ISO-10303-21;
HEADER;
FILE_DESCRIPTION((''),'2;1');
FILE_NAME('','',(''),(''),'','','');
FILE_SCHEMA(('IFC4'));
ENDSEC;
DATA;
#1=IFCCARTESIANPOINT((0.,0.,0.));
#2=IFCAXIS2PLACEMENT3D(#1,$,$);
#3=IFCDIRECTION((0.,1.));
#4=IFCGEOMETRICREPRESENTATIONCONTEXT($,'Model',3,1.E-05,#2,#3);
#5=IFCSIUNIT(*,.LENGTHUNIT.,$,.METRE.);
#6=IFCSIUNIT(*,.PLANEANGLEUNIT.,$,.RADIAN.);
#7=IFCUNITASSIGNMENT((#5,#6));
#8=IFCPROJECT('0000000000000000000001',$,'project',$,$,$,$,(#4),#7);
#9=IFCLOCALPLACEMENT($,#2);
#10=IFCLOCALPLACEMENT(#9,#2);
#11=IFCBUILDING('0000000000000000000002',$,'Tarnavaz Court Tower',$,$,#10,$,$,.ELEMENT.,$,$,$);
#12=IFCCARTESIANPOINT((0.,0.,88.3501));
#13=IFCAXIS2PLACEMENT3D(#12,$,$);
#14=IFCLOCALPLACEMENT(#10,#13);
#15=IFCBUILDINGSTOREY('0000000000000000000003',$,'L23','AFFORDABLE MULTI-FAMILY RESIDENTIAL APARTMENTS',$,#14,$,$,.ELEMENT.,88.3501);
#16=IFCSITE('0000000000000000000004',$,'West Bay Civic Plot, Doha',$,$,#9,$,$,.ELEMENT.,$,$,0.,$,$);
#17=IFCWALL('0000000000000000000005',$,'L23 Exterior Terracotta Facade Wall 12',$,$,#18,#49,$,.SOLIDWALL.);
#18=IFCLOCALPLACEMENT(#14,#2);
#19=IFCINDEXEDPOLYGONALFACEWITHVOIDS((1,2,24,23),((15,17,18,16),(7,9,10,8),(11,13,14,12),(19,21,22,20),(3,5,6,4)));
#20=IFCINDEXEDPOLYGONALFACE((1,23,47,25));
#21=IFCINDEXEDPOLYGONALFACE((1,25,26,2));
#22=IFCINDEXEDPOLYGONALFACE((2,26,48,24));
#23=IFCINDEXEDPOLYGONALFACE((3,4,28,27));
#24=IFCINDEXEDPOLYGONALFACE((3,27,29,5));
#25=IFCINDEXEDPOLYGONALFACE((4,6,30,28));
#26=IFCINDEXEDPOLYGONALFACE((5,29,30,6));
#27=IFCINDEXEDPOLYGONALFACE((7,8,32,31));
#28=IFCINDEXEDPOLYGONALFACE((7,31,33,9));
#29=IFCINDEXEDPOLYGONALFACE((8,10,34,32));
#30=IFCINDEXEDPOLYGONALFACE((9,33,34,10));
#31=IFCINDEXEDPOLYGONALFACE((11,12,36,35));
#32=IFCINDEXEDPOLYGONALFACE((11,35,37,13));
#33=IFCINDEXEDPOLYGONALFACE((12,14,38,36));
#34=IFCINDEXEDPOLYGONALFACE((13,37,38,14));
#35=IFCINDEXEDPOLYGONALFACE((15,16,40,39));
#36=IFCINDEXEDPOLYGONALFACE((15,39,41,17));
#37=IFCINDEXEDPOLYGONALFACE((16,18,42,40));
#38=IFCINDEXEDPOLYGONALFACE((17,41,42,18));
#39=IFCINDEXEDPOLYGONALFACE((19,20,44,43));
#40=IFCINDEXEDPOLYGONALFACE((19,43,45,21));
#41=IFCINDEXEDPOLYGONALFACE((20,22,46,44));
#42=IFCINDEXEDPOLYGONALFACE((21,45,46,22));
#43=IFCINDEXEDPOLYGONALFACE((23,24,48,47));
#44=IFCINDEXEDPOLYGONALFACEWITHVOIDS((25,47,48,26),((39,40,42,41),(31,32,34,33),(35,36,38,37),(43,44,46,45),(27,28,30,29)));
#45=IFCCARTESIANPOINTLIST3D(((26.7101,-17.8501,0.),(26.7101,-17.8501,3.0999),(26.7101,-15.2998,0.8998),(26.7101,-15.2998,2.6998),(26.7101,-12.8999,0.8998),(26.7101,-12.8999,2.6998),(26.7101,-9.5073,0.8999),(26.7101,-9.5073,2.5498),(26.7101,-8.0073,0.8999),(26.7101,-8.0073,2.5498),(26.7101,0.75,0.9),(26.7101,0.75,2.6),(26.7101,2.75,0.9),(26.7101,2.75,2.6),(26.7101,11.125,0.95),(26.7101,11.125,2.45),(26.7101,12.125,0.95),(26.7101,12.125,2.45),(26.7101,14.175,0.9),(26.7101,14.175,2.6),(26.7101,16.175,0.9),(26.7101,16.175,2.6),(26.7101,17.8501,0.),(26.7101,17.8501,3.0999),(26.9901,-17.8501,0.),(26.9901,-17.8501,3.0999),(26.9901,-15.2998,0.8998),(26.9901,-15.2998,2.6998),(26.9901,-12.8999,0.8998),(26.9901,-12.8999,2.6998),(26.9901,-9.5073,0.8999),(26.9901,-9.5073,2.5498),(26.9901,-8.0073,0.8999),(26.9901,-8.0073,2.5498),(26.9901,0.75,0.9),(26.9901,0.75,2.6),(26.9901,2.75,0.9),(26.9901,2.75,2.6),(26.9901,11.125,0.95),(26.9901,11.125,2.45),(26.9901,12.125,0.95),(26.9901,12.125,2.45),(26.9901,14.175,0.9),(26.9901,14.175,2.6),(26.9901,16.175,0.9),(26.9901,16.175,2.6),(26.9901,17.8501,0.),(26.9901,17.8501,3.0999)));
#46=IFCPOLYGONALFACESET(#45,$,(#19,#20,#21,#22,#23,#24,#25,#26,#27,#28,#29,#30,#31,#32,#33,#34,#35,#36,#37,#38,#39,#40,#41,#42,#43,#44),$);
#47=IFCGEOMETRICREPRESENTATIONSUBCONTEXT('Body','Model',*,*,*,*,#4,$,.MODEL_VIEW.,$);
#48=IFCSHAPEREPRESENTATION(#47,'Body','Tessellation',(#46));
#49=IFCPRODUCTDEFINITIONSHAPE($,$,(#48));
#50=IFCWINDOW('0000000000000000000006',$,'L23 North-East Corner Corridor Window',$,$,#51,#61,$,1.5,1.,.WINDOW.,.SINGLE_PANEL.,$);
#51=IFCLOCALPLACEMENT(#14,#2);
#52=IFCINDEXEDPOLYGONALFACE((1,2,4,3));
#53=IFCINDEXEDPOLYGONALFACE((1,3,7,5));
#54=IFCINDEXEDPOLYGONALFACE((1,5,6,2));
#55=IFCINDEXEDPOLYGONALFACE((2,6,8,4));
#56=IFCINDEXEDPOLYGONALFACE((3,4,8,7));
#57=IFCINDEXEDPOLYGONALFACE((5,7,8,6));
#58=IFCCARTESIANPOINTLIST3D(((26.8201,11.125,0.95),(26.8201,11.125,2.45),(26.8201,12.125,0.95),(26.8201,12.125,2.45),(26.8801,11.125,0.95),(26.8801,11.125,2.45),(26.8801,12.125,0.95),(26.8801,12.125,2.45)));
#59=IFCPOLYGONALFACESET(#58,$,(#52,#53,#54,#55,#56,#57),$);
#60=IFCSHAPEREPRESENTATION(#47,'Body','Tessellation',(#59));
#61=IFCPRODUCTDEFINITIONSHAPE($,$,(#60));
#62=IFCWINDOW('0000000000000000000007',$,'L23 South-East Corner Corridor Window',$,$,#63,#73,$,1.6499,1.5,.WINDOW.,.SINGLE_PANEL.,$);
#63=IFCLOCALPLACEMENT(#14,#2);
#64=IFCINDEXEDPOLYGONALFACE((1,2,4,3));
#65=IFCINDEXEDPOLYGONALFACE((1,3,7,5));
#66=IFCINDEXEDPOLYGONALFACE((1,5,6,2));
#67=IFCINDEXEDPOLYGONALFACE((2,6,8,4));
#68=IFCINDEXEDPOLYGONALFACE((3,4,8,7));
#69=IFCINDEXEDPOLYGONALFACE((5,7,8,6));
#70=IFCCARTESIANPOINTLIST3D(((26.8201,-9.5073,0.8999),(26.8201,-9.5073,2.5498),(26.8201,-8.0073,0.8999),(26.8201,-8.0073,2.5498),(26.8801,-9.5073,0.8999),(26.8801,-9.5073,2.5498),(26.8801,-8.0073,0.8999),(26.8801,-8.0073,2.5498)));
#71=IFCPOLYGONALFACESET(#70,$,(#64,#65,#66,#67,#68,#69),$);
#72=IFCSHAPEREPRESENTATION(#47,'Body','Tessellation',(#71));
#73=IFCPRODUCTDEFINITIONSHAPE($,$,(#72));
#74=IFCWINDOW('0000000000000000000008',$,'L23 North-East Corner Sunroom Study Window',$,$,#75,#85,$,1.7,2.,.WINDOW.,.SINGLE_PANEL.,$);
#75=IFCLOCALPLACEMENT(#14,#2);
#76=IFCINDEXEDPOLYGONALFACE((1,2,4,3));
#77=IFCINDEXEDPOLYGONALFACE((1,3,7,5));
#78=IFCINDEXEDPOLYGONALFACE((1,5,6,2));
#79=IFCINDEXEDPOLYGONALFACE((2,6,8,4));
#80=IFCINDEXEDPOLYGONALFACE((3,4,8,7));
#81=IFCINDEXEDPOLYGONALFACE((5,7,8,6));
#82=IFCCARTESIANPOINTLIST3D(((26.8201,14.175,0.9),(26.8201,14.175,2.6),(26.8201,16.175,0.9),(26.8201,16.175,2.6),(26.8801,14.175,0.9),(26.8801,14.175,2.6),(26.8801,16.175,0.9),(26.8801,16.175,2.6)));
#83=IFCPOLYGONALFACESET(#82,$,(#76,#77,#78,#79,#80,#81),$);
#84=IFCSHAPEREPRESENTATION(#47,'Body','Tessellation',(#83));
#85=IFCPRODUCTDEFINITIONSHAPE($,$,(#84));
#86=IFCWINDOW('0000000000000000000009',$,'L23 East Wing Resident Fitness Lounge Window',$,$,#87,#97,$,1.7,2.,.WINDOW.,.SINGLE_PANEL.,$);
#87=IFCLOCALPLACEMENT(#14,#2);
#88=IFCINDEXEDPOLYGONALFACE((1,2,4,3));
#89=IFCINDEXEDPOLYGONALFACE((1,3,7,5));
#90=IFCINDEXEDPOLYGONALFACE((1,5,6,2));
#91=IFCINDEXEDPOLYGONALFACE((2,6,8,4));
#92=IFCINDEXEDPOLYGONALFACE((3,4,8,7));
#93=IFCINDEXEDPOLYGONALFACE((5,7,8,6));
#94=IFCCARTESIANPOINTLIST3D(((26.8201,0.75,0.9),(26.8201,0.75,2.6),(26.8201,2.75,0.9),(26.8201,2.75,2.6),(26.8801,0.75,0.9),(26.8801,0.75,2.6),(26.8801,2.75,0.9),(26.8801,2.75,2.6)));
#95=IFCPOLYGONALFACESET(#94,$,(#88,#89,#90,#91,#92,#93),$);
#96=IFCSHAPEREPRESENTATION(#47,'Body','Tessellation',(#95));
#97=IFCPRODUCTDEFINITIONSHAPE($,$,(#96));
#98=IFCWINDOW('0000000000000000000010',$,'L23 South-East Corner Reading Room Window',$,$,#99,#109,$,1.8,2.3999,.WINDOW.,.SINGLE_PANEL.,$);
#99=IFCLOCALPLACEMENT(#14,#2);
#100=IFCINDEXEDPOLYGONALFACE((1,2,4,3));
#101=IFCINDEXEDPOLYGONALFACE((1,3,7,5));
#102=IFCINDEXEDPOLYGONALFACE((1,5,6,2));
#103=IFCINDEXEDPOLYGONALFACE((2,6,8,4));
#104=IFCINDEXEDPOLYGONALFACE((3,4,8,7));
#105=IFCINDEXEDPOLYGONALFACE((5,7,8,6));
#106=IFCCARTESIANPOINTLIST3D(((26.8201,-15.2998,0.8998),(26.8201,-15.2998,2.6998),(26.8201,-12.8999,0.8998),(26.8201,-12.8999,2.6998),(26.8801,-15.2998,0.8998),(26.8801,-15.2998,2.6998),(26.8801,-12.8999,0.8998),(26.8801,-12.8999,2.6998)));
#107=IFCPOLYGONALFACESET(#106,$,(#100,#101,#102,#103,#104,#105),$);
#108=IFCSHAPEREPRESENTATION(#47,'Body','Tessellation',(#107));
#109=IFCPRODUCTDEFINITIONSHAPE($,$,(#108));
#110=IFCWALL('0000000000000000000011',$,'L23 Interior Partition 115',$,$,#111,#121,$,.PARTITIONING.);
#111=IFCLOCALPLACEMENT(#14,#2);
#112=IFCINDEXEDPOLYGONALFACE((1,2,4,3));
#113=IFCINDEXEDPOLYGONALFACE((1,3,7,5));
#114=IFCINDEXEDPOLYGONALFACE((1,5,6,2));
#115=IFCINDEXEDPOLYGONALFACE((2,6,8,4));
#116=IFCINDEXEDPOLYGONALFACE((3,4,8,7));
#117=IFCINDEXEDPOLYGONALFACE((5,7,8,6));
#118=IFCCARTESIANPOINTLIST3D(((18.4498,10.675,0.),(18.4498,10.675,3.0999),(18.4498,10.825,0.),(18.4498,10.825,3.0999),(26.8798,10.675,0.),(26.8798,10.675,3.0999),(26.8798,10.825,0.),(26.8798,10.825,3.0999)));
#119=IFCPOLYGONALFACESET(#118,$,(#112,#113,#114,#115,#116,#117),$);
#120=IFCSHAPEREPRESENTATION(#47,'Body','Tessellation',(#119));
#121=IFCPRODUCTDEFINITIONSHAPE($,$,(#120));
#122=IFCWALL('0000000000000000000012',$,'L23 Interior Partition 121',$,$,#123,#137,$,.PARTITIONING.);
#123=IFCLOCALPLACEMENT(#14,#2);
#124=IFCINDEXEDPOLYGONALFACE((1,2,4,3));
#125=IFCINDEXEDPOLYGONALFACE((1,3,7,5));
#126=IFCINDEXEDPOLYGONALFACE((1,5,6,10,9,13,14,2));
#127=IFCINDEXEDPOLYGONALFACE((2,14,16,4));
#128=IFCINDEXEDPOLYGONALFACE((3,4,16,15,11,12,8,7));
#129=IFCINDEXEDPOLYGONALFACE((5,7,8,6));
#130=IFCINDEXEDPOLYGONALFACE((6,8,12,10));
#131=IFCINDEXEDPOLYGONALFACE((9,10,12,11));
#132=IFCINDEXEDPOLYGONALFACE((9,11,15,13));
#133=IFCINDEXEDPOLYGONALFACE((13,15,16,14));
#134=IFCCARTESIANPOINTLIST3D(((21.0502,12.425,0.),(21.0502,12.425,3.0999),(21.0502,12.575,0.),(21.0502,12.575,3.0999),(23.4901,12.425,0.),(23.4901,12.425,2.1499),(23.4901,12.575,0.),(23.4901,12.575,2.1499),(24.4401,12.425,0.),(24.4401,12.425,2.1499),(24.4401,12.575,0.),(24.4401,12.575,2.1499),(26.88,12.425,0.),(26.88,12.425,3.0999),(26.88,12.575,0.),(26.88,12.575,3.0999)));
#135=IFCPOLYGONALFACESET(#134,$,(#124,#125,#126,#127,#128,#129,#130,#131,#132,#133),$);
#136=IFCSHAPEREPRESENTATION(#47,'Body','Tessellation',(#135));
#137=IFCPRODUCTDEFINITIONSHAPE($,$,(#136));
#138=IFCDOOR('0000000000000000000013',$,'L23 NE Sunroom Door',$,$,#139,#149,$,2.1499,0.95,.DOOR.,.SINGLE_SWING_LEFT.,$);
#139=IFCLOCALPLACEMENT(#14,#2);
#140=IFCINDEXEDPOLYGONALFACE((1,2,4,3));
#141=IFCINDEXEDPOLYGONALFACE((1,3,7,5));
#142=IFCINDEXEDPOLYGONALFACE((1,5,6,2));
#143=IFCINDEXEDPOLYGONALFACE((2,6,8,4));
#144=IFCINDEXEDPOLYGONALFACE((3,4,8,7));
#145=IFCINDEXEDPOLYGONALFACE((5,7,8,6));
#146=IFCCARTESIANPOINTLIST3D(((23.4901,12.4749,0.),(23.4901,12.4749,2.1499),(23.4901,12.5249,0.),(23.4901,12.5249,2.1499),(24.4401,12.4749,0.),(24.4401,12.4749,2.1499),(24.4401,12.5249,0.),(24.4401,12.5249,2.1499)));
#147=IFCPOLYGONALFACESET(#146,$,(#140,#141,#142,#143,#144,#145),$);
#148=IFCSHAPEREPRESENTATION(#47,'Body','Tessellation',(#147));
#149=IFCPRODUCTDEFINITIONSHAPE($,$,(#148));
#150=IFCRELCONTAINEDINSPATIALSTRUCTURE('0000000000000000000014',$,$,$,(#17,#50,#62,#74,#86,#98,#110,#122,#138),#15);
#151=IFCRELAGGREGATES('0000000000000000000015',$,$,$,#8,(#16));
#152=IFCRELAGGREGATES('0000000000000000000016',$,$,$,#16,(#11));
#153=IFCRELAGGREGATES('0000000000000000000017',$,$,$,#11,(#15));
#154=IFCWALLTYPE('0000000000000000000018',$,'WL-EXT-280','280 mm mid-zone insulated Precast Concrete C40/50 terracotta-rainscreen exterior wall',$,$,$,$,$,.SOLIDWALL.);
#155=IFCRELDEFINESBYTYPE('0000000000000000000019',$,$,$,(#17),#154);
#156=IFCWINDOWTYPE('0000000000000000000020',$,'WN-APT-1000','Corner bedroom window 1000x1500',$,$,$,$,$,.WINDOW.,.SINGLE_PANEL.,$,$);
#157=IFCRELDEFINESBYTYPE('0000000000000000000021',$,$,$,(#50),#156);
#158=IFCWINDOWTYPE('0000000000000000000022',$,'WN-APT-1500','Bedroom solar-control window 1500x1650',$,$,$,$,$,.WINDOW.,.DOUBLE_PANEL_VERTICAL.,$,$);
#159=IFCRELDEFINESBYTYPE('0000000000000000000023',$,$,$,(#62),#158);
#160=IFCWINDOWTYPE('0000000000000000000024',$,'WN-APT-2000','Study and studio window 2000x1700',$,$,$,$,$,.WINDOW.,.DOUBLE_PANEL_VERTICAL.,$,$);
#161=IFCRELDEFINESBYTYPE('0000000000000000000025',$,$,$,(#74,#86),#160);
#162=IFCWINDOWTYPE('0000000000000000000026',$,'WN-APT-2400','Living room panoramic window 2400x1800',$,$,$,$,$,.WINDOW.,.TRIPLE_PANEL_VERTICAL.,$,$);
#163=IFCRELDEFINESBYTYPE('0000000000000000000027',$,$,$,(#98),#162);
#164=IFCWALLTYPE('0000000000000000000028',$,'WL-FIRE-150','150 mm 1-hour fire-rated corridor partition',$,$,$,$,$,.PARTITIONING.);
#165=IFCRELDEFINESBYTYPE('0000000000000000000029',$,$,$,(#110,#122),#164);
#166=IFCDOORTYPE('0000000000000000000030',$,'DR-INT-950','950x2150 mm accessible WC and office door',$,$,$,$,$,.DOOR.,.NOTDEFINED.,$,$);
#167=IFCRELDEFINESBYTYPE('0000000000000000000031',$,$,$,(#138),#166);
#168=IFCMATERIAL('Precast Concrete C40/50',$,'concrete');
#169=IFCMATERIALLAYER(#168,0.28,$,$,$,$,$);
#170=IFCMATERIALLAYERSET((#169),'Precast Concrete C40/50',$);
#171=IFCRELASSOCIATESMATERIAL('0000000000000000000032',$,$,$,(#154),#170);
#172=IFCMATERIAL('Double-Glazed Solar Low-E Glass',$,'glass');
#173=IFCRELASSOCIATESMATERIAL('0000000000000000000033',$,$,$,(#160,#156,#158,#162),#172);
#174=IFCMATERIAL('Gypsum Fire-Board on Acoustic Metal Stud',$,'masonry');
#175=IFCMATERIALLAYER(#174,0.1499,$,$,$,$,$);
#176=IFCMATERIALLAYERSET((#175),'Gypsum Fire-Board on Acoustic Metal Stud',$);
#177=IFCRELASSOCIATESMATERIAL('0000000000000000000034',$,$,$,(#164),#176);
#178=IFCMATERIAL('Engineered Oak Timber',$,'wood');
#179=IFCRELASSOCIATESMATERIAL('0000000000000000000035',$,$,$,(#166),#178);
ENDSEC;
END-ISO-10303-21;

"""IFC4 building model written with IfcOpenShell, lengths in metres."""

from ifc_helpers import new_model, si_unit, direction, frame, frame_2d, origin, place, context, subcontext, project, spatial, rectangle, extrude, material, layer, layer_set, type_object, element, fill, save


model = new_model("IFC4")

# Units and contexts
model_context = context("Model", 3, precision=1e-05, world=origin(), true_north=direction((0.0, 1.0)))
body_context = subcontext(model_context, "Body", "Model", "MODEL_VIEW")
ifc_project = project(units=[si_unit("LENGTHUNIT", "METRE"), si_unit("PLANEANGLEUNIT", "RADIAN")], contexts=[model_context])

# Site, building, storey
site_placement = place(None, origin())
site = spatial("IfcSite", under=ifc_project, at=site_placement, Name="West Bay Civic Plot, Doha", CompositionType="ELEMENT", RefElevation=0.0)
building_placement = place(site_placement, origin())
building = spatial("IfcBuilding", under=site, at=building_placement, Name="Tarnavaz Court Tower", CompositionType="ELEMENT")
storey_placement = place(building_placement, frame((0.0, 0.0, 88.3501)))
storey = spatial("IfcBuildingStorey", under=building, at=storey_placement, Name="L23", Description="AFFORDABLE MULTI-FAMILY RESIDENTIAL APARTMENTS", CompositionType="ELEMENT", Elevation=88.3501)

# Shared definitions
ifc_material_1 = material(Name="Precast Concrete C40/50", Category="concrete")
ifc_layer_1 = layer(ifc_material_1, 0.28)
ifc_layer_set_1 = layer_set([ifc_layer_1], Name="Precast Concrete C40/50")
wall_type_1 = type_object("IfcWallType", Name="WL-EXT-280", Description="280 mm mid-zone insulated Precast Concrete C40/50 terracotta-rainscreen exterior wall", PredefinedType="SOLIDWALL", material=ifc_layer_set_1)
ifc_material_2 = material(Name="Double-Glazed Solar Low-E Glass", Category="glass")
window_type_1 = type_object("IfcWindowType", Name="WN-APT-2000", Description="Study and studio window 2000x1700", PartitioningType="DOUBLE_PANEL_VERTICAL", PredefinedType="WINDOW", material=ifc_material_2)

# Wall, openings, windows
wall_1_placement = place(storey_placement, frame((26.8501, 17.8501, 0.0), z_axis=(0.0, 0.0, 1.0), x_axis=(0.0, -1.0, 0.0)))
wall_1 = element("IfcWall", 1, at=wall_1_placement, inside=storey, type_object=wall_type_1, Name="L23 Exterior Terracotta Facade Wall 12", PredefinedType="SOLIDWALL", context=body_context, shape_type="SweptSolid", body=[
    extrude(rectangle(XDim=35.7002, YDim=0.28, at=frame_2d((17.8501, 0.0))), origin(), (0.0, 0.0, 1.0), 3.0999),
])
opening_1_placement = place(wall_1_placement, frame((1.675, 0.0, 0.8999)))
opening_1 = element("IfcOpeningElement", 2, at=opening_1_placement, cuts=wall_1, PredefinedType="OPENING", context=body_context, shape_type="SweptSolid", body=[
    extrude(rectangle(XDim=2.0, YDim=1.7, at=frame_2d((1.0, 0.8501))), frame((0.0, 0.1499, 0.0), z_axis=(0.0, -1.0, 0.0), x_axis=(1.0, 0.0, 0.0)), (0.0, 0.0, 1.0), 0.3),
])
opening_2_placement = place(wall_1_placement, frame((5.7251, 0.0, 0.95)))
opening_2 = element("IfcOpeningElement", 3, at=opening_2_placement, cuts=wall_1, PredefinedType="OPENING", context=body_context, shape_type="SweptSolid", body=[
    extrude(rectangle(XDim=1.0, YDim=1.5, at=frame_2d((0.5, 0.75))), frame((0.0, 0.1499, 0.0), z_axis=(0.0, -1.0, 0.0), x_axis=(1.0, 0.0, 0.0)), (0.0, 0.0, 1.0), 0.3),
])
opening_3_placement = place(wall_1_placement, frame((15.1001, 0.0, 0.8999)))
opening_3 = element("IfcOpeningElement", 4, at=opening_3_placement, cuts=wall_1, PredefinedType="OPENING", context=body_context, shape_type="SweptSolid", body=[
    extrude(rectangle(XDim=2.0, YDim=1.7, at=frame_2d((1.0, 0.8501))), frame((0.0, 0.1499, 0.0), z_axis=(0.0, -1.0, 0.0), x_axis=(1.0, 0.0, 0.0)), (0.0, 0.0, 1.0), 0.3),
])
opening_4_placement = place(wall_1_placement, frame((25.8574, 0.0, 0.8999)))
opening_4 = element("IfcOpeningElement", 5, at=opening_4_placement, cuts=wall_1, PredefinedType="OPENING", context=body_context, shape_type="SweptSolid", body=[
    extrude(rectangle(XDim=1.5, YDim=1.6499, at=frame_2d((0.75, 0.825))), frame((0.0, 0.1499, 0.0), z_axis=(0.0, -1.0, 0.0), x_axis=(1.0, 0.0, 0.0)), (0.0, 0.0, 1.0), 0.3),
])
opening_5_placement = place(wall_1_placement, frame((30.75, 0.0, 0.8999)))
opening_5 = element("IfcOpeningElement", 6, at=opening_5_placement, cuts=wall_1, PredefinedType="OPENING", context=body_context, shape_type="SweptSolid", body=[
    extrude(rectangle(XDim=2.3999, YDim=1.8, at=frame_2d((1.2, 0.8999))), frame((0.0, 0.1499, 0.0), z_axis=(0.0, -1.0, 0.0), x_axis=(1.0, 0.0, 0.0)), (0.0, 0.0, 1.0), 0.3),
])
window_type_2 = type_object("IfcWindowType", Name="WN-APT-1000", Description="Corner bedroom window 1000x1500", PartitioningType="SINGLE_PANEL", PredefinedType="WINDOW", material=ifc_material_2)
window_1_placement = place(opening_2_placement, origin())
window_1 = element("IfcWindow", 7, at=window_1_placement, inside=storey, type_object=window_type_2, Name="L23 North-East Corner Corridor Window", OverallHeight=1.5, OverallWidth=1.0, PartitioningType="SINGLE_PANEL", PredefinedType="WINDOW", context=body_context, shape_type="SweptSolid", body=[
    extrude(rectangle(XDim=1.0, YDim=1.5, at=frame_2d((0.5, 0.75))), frame((0.0, 0.03, 0.0), z_axis=(0.0, -1.0, 0.0), x_axis=(1.0, 0.0, 0.0)), (0.0, 0.0, 1.0), 0.0601),
])
fill(opening_2, window_1)
window_type_3 = type_object("IfcWindowType", Name="WN-APT-1500", Description="Bedroom solar-control window 1500x1650", PartitioningType="DOUBLE_PANEL_VERTICAL", PredefinedType="WINDOW", material=ifc_material_2)
window_2_placement = place(opening_4_placement, origin())
window_2 = element("IfcWindow", 8, at=window_2_placement, inside=storey, type_object=window_type_3, Name="L23 South-East Corner Corridor Window", OverallHeight=1.6499, OverallWidth=1.5, PartitioningType="SINGLE_PANEL", PredefinedType="WINDOW", context=body_context, shape_type="SweptSolid", body=[
    extrude(rectangle(XDim=1.5, YDim=1.6499, at=frame_2d((0.75, 0.825))), frame((0.0, 0.03, 0.0), z_axis=(0.0, -1.0, 0.0), x_axis=(1.0, 0.0, 0.0)), (0.0, 0.0, 1.0), 0.0601),
])
fill(opening_4, window_2)
window_3_placement = place(opening_1_placement, origin())
window_3 = element("IfcWindow", 9, at=window_3_placement, inside=storey, type_object=window_type_1, Name="L23 North-East Corner Sunroom Study Window", OverallHeight=1.7, OverallWidth=2.0, PartitioningType="SINGLE_PANEL", PredefinedType="WINDOW", context=body_context, shape_type="SweptSolid", body=[
    extrude(rectangle(XDim=2.0, YDim=1.7, at=frame_2d((1.0, 0.8501))), frame((0.0, 0.03, 0.0), z_axis=(0.0, -1.0, 0.0), x_axis=(1.0, 0.0, 0.0)), (0.0, 0.0, 1.0), 0.0601),
])
fill(opening_1, window_3)
window_4_placement = place(opening_3_placement, origin())
window_4 = element("IfcWindow", 10, at=window_4_placement, inside=storey, type_object=window_type_1, Name="L23 East Wing Resident Fitness Lounge Window", OverallHeight=1.7, OverallWidth=2.0, PartitioningType="SINGLE_PANEL", PredefinedType="WINDOW", context=body_context, shape_type="SweptSolid", body=[
    extrude(rectangle(XDim=2.0, YDim=1.7, at=frame_2d((1.0, 0.8501))), frame((0.0, 0.03, 0.0), z_axis=(0.0, -1.0, 0.0), x_axis=(1.0, 0.0, 0.0)), (0.0, 0.0, 1.0), 0.0601),
])
fill(opening_3, window_4)
window_type_4 = type_object("IfcWindowType", Name="WN-APT-2400", Description="Living room panoramic window 2400x1800", PartitioningType="TRIPLE_PANEL_VERTICAL", PredefinedType="WINDOW", material=ifc_material_2)
window_5_placement = place(opening_5_placement, origin())
window_5 = element("IfcWindow", 11, at=window_5_placement, inside=storey, type_object=window_type_4, Name="L23 South-East Corner Reading Room Window", OverallHeight=1.8, OverallWidth=2.3999, PartitioningType="SINGLE_PANEL", PredefinedType="WINDOW", context=body_context, shape_type="SweptSolid", body=[
    extrude(rectangle(XDim=2.3999, YDim=1.8, at=frame_2d((1.2, 0.8999))), frame((0.0, 0.03, 0.0), z_axis=(0.0, -1.0, 0.0), x_axis=(1.0, 0.0, 0.0)), (0.0, 0.0, 1.0), 0.0601),
])
fill(opening_5, window_5)

# Wall
ifc_material_3 = material(Name="Gypsum Fire-Board on Acoustic Metal Stud", Category="masonry")
ifc_layer_2 = layer(ifc_material_3, 0.1499)
ifc_layer_set_2 = layer_set([ifc_layer_2], Name="Gypsum Fire-Board on Acoustic Metal Stud")
wall_type_2 = type_object("IfcWallType", Name="WL-FIRE-150", Description="150 mm 1-hour fire-rated corridor partition", PredefinedType="PARTITIONING", material=ifc_layer_set_2)
wall_2_placement = place(storey_placement, frame((18.45, 10.75, 0.0), z_axis=(0.0, 0.0, 1.0), x_axis=(1.0, 0.0, 0.0)))
element("IfcWall", 12, at=wall_2_placement, inside=storey, type_object=wall_type_2, Name="L23 Interior Partition 115", PredefinedType="PARTITIONING", context=body_context, shape_type="SweptSolid", body=[
    extrude(rectangle(XDim=8.4299, YDim=0.1499, at=frame_2d((4.2148, 0.0))), origin(), (0.0, 0.0, 1.0), 3.0999),
])

# Wall, opening, door
wall_3_placement = place(storey_placement, frame((21.05, 12.5, 0.0), z_axis=(0.0, 0.0, 1.0), x_axis=(1.0, 0.0, 0.0)))
wall_3 = element("IfcWall", 13, at=wall_3_placement, inside=storey, type_object=wall_type_2, Name="L23 Interior Partition 121", PredefinedType="PARTITIONING", context=body_context, shape_type="SweptSolid", body=[
    extrude(rectangle(XDim=5.8298, YDim=0.1499, at=frame_2d((2.915, 0.0))), origin(), (0.0, 0.0, 1.0), 3.0999),
])
opening_6_placement = place(wall_3_placement, frame((2.4399, 0.0, 0.0)))
opening_6 = element("IfcOpeningElement", 14, at=opening_6_placement, cuts=wall_3, PredefinedType="OPENING", context=body_context, shape_type="SweptSolid", body=[
    extrude(rectangle(XDim=0.95, YDim=2.1499, at=frame_2d((0.4751, 1.075))), frame((0.0, 0.085, 0.0), z_axis=(0.0, -1.0, 0.0), x_axis=(1.0, 0.0, 0.0)), (0.0, 0.0, 1.0), 0.1699),
])
ifc_material_4 = material(Name="Engineered Oak Timber", Category="wood")
door_type_1 = type_object("IfcDoorType", Name="DR-INT-950", Description="950x2150 mm accessible WC and office door", OperationType="NOTDEFINED", PredefinedType="DOOR", material=ifc_material_4)
door_1_placement = place(opening_6_placement, origin())
door_1 = element("IfcDoor", 15, at=door_1_placement, inside=storey, type_object=door_type_1, Name="L23 NE Sunroom Door", OperationType="SINGLE_SWING_LEFT", OverallHeight=2.1499, OverallWidth=0.95, PredefinedType="DOOR", context=body_context, shape_type="SweptSolid", body=[
    extrude(rectangle(XDim=0.95, YDim=2.1499, at=frame_2d((0.4751, 1.075))), frame((0.0, 0.0249, 0.0), z_axis=(0.0, -1.0, 0.0), x_axis=(1.0, 0.0, 0.0)), (0.0, 0.0, 1.0), 0.05),
])
fill(opening_6, door_1)

save(model, "model.ifc")
